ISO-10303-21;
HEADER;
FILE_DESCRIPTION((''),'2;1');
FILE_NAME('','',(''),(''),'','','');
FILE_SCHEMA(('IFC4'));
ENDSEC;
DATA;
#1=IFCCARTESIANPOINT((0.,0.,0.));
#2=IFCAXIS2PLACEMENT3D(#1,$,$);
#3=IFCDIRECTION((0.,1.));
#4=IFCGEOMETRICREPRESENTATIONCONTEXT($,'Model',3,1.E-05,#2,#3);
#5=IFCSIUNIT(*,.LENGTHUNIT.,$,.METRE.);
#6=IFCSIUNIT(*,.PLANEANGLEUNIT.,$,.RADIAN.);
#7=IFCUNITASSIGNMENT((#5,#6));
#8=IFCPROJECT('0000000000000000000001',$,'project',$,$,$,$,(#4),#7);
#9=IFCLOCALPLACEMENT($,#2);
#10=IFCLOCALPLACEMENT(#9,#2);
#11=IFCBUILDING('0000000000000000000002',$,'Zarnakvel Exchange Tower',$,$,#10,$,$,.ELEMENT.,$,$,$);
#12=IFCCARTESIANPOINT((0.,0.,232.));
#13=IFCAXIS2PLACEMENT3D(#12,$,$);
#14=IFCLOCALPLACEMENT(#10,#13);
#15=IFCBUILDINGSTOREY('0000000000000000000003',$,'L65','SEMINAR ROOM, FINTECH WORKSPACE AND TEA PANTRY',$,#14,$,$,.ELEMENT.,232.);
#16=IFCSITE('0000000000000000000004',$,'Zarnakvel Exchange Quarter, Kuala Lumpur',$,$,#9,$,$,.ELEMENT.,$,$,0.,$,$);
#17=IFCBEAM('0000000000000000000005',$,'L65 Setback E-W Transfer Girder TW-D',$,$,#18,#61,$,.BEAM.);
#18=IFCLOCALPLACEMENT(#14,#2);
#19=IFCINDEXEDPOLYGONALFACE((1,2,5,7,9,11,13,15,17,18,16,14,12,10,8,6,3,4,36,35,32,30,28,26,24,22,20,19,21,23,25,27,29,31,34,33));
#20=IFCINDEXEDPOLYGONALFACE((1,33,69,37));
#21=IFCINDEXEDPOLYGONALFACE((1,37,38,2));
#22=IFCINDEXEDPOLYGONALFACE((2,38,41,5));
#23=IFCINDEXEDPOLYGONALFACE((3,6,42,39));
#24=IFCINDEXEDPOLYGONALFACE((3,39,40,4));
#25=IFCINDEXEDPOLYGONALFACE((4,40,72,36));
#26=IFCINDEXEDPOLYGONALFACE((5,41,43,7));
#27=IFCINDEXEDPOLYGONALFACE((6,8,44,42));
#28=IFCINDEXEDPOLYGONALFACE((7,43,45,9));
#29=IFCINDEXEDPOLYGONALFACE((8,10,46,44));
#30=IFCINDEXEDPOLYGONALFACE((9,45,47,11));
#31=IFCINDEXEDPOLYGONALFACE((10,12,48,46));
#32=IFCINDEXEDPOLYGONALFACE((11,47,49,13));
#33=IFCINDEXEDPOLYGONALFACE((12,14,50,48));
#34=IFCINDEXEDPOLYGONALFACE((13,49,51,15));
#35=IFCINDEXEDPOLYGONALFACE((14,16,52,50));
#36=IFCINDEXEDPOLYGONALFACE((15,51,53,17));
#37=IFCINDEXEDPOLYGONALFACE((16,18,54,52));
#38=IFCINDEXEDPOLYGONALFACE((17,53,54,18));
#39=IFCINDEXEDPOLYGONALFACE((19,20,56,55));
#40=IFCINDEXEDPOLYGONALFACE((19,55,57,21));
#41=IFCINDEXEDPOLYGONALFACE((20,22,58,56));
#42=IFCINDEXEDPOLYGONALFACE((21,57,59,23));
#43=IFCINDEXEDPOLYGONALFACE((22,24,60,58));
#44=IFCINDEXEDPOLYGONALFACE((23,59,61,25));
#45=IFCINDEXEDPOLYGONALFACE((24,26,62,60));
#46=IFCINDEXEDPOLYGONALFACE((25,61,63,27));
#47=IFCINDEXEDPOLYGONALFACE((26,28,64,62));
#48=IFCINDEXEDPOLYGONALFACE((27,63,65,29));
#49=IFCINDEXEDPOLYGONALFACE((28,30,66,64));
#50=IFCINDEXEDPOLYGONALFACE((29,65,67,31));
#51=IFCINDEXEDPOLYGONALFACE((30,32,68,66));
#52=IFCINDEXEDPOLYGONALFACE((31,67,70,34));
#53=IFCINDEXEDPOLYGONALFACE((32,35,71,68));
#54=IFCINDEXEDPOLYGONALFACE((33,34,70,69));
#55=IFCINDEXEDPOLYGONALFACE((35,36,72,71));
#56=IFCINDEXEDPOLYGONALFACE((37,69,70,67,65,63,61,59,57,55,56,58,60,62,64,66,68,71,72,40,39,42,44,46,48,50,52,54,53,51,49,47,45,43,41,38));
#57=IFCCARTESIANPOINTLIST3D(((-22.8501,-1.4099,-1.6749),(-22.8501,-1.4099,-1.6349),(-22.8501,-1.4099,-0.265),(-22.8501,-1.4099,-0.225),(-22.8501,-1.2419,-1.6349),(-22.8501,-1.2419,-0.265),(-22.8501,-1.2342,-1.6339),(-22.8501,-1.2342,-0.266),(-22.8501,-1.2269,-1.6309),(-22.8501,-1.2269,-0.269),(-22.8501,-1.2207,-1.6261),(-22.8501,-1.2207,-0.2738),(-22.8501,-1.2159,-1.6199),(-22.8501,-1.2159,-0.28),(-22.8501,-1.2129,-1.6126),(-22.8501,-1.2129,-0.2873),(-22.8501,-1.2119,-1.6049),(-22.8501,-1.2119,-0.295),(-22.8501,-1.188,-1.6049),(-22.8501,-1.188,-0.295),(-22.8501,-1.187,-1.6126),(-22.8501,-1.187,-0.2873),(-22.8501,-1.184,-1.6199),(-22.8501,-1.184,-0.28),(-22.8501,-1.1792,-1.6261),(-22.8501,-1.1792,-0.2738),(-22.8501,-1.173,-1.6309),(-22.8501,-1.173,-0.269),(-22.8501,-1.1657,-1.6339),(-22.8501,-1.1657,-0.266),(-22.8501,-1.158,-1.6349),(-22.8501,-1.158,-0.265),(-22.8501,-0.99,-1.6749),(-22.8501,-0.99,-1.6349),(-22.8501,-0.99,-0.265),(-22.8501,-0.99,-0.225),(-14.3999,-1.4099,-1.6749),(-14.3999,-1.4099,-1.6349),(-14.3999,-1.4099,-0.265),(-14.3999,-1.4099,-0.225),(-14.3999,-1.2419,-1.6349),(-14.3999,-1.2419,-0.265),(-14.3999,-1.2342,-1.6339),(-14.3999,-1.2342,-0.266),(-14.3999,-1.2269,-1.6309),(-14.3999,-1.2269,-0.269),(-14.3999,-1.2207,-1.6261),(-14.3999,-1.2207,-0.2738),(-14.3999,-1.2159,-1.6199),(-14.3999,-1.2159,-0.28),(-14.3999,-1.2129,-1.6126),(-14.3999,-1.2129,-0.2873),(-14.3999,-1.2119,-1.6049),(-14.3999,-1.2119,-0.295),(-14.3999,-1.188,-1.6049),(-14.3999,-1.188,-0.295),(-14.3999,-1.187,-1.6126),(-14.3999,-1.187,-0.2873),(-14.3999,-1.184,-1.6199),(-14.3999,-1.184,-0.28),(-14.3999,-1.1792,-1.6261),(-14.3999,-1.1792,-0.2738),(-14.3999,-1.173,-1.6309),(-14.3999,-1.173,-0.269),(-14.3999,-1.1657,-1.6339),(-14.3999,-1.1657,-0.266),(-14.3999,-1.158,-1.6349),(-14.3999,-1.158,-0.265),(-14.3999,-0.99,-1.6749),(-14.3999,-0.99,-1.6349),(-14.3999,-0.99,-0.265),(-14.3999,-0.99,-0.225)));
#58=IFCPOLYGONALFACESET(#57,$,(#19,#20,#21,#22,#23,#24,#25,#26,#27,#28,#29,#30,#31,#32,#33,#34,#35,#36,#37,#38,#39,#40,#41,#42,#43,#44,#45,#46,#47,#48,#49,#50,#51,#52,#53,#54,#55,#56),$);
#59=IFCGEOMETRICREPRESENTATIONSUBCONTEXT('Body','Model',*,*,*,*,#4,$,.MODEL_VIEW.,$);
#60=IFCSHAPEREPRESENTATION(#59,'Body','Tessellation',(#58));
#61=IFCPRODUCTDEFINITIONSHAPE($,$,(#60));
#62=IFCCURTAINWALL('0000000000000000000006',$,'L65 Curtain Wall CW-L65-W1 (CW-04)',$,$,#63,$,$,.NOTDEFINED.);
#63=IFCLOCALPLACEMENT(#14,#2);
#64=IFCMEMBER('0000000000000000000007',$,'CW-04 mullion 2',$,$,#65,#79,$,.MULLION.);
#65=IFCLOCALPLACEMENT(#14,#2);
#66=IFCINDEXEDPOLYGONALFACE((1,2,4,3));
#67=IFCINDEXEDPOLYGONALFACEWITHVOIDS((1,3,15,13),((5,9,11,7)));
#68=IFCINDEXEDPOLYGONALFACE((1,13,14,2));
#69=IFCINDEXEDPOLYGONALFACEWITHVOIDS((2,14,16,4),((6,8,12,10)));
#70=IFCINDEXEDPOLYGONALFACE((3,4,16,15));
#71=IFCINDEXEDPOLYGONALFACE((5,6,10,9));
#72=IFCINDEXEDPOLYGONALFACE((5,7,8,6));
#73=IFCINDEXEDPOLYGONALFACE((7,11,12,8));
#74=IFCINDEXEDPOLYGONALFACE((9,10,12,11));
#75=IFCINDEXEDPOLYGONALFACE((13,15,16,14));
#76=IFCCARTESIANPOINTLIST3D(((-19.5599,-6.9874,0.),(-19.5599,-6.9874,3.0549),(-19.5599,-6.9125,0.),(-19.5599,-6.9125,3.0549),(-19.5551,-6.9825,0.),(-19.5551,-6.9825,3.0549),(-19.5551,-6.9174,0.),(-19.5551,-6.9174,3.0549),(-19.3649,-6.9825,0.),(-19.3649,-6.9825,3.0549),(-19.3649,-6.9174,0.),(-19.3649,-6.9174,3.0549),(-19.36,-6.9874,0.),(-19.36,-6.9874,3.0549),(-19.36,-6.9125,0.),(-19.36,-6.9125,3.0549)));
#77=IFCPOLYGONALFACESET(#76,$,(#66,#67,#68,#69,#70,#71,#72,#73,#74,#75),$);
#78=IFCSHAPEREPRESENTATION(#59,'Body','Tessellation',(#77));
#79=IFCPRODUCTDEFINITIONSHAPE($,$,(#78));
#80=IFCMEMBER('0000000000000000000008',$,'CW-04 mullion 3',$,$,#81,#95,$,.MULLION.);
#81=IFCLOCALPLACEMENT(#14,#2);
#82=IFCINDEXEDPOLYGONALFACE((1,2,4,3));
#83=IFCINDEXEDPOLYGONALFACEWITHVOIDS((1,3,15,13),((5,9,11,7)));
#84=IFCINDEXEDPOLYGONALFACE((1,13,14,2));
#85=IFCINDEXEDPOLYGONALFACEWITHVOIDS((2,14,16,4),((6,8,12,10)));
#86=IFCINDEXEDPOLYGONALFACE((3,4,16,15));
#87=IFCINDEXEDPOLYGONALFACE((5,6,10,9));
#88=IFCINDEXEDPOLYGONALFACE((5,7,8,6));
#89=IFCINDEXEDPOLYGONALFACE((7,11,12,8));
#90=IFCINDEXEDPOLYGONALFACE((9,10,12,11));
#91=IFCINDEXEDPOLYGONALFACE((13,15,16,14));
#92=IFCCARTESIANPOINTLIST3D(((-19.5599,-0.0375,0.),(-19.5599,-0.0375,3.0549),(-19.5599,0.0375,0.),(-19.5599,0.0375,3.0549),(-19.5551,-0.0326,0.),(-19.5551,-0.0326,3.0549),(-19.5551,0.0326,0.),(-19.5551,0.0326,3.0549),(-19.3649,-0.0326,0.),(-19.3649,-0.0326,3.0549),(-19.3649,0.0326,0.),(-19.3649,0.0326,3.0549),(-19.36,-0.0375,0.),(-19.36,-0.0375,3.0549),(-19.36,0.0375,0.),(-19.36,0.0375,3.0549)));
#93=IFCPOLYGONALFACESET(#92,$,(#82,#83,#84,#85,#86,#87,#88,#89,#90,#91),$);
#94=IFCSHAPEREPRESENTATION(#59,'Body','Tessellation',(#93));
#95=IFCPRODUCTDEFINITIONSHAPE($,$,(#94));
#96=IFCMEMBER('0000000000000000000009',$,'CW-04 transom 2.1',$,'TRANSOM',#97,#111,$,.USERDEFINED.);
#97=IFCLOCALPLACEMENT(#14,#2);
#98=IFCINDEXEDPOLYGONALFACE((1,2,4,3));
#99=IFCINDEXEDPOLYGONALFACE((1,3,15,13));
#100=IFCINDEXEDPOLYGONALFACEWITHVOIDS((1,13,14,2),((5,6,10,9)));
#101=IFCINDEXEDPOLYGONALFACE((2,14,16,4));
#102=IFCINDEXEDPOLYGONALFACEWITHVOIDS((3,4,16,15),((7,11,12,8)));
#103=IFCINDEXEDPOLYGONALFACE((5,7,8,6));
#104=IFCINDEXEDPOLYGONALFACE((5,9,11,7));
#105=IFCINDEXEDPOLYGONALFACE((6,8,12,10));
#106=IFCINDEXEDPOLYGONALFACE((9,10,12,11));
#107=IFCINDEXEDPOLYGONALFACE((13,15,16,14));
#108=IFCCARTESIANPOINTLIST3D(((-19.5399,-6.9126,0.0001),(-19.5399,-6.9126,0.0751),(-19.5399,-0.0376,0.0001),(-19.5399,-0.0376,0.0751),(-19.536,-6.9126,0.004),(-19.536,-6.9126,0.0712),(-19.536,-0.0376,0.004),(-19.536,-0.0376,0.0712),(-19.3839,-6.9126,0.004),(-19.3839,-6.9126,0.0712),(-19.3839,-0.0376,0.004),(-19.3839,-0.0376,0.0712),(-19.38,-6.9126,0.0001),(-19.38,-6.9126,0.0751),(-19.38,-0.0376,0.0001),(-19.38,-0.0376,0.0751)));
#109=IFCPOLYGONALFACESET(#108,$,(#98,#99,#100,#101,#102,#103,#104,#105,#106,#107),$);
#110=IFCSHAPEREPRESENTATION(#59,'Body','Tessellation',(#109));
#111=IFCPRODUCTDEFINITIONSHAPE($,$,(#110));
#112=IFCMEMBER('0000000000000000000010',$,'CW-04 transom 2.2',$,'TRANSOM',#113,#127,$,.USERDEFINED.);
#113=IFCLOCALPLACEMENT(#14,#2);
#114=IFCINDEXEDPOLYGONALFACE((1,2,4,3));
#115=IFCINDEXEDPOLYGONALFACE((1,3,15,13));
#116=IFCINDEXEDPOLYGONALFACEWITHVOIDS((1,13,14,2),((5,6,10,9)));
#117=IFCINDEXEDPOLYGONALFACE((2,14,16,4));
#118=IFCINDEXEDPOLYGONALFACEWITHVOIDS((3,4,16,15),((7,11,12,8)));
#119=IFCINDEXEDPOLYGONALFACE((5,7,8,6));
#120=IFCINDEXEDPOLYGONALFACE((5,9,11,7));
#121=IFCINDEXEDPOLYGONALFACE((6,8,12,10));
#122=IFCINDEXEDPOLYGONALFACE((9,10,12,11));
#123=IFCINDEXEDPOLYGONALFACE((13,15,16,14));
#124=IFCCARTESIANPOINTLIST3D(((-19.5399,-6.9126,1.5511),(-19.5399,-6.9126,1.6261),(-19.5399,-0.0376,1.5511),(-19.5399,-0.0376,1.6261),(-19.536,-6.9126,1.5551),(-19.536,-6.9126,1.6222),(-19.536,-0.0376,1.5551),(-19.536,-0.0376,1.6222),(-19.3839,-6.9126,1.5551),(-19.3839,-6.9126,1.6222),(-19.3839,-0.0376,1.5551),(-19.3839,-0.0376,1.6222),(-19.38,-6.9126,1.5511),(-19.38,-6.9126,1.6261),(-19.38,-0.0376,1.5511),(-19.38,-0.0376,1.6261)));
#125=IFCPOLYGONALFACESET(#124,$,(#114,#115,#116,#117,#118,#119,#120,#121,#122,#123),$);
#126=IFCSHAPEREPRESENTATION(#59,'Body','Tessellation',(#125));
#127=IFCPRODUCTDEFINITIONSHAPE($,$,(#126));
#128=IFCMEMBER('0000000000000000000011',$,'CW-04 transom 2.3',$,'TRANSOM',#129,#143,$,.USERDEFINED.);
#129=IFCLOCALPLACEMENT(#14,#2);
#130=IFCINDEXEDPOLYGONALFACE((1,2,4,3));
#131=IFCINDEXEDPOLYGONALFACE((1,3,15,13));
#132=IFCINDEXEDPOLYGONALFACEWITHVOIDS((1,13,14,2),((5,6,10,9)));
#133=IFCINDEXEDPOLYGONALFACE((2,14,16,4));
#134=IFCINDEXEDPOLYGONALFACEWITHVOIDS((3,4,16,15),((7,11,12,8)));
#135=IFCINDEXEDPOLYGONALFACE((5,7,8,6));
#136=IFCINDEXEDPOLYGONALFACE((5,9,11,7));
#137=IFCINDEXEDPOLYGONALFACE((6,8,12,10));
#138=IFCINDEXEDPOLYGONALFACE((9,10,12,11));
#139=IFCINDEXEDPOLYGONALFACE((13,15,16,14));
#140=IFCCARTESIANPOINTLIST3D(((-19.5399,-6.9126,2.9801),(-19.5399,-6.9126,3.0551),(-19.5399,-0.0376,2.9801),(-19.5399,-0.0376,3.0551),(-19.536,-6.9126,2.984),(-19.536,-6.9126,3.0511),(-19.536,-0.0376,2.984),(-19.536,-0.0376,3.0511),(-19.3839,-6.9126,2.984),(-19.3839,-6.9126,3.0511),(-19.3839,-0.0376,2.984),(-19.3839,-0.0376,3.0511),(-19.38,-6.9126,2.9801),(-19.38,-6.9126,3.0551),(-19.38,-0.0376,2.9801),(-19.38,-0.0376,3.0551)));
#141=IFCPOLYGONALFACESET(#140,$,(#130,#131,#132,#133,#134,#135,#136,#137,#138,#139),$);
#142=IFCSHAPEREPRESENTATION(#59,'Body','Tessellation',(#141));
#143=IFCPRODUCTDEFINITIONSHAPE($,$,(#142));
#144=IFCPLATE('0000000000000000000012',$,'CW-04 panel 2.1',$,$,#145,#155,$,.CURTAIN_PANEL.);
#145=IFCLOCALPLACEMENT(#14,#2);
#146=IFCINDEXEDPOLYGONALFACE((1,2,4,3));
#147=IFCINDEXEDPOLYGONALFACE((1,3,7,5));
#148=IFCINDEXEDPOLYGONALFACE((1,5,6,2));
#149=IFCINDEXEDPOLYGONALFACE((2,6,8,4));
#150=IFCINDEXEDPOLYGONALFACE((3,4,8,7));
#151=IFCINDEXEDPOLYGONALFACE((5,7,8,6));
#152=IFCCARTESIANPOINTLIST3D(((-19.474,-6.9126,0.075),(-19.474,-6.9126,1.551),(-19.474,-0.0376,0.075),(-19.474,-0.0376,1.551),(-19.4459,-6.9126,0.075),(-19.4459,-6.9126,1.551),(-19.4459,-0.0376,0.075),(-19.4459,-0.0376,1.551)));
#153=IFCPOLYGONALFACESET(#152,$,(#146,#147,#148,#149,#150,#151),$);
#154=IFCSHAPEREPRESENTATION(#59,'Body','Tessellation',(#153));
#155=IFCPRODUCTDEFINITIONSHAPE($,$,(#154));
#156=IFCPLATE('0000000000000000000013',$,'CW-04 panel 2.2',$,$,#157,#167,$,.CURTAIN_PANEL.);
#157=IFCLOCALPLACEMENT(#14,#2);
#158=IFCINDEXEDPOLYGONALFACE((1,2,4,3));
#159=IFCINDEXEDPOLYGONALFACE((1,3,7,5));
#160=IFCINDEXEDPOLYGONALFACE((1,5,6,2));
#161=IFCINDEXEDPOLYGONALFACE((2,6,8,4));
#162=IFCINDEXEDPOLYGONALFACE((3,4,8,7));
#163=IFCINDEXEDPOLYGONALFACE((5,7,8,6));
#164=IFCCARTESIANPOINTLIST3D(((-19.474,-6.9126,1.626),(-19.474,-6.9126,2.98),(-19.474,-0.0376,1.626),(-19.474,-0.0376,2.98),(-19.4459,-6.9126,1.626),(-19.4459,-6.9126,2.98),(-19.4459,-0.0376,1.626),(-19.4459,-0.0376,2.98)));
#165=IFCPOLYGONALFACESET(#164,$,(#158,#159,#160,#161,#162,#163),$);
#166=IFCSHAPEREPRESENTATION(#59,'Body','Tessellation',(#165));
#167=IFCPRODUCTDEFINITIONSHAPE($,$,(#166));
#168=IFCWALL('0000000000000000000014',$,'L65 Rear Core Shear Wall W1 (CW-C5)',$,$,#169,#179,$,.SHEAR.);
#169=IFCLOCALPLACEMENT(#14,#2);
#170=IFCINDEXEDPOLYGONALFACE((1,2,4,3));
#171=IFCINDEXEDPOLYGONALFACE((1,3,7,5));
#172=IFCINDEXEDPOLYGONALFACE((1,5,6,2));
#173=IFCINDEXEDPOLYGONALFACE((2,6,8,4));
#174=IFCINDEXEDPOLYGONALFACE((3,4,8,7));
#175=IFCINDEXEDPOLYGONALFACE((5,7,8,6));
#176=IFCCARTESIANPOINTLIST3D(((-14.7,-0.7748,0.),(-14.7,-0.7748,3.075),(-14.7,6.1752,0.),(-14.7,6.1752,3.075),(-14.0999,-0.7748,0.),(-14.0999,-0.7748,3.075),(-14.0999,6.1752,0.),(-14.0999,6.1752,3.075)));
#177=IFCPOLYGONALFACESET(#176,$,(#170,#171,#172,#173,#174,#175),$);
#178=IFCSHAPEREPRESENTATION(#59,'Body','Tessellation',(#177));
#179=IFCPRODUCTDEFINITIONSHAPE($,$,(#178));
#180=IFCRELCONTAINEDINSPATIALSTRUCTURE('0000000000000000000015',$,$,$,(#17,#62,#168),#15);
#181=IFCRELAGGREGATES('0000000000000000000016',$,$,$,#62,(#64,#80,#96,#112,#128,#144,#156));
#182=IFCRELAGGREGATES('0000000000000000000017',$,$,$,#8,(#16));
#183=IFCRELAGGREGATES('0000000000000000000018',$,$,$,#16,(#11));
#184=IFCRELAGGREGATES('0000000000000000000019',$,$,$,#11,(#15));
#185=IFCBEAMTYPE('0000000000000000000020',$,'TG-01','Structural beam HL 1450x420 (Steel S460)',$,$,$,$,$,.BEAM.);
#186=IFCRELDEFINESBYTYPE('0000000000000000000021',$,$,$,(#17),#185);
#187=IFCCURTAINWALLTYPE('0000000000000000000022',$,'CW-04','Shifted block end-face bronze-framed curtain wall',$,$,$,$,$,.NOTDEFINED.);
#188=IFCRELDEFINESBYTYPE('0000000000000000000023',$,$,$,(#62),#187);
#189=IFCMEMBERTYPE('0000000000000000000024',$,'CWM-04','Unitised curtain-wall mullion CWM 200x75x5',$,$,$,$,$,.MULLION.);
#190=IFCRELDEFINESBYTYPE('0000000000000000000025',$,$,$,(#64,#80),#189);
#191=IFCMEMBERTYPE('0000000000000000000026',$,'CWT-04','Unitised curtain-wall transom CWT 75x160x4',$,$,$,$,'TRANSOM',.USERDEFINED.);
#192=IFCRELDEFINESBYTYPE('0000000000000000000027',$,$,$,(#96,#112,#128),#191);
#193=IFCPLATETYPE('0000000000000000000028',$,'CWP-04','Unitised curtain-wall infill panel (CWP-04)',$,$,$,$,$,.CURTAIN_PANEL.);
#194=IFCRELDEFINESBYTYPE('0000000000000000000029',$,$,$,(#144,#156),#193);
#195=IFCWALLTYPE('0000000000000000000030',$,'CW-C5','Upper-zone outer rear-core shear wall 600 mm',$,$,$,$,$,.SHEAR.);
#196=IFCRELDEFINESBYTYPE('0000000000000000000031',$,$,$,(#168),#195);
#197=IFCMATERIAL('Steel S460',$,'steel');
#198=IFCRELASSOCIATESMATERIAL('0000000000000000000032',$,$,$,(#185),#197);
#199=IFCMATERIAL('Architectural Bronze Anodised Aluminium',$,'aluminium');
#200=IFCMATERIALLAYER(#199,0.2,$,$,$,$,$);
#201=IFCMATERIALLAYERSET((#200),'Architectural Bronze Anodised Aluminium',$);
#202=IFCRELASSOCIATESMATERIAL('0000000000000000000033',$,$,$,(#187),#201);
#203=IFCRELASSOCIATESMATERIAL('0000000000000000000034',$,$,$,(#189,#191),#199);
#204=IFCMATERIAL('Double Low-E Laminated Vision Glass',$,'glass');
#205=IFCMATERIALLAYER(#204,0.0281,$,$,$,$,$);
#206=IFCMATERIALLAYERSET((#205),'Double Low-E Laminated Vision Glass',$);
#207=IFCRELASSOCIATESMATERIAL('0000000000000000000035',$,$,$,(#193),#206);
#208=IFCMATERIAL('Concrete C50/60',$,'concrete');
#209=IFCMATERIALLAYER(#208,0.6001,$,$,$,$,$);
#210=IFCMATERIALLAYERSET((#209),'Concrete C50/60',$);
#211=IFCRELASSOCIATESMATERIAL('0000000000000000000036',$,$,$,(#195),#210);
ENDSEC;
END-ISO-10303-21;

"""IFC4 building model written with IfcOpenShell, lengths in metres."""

from ifc_helpers import new_model, si_unit, direction, frame, frame_2d, origin, origin_2d, place, context, subcontext, project, spatial, rectangle, hollow_rectangle, i_section, extrude, source, transform, mapped, material, layer, layer_set, material_profile, profile_set, type_object, element, aggregate, save


model = new_model("IFC4")

# Units and contexts
model_context = context("Model", 3, precision=1e-05, world=origin(), true_north=direction((0.0, 1.0)))
body_context = subcontext(model_context, "Body", "Model", "MODEL_VIEW")
ifc_project = project(units=[si_unit("LENGTHUNIT", "METRE"), si_unit("PLANEANGLEUNIT", "RADIAN")], contexts=[model_context])

# Site, building, storey
site_placement = place(None, origin())
site = spatial("IfcSite", under=ifc_project, at=site_placement, Name="Zarnakvel Exchange Quarter, Kuala Lumpur", CompositionType="ELEMENT", RefElevation=0.0)
building_placement = place(site_placement, origin())
building = spatial("IfcBuilding", under=site, at=building_placement, Name="Zarnakvel Exchange Tower", CompositionType="ELEMENT")
storey_placement = place(building_placement, frame((0.0, 0.0, 232.0)))
storey = spatial("IfcBuildingStorey", under=building, at=storey_placement, Name="L65", Description="SEMINAR ROOM, FINTECH WORKSPACE AND TEA PANTRY", CompositionType="ELEMENT", Elevation=232.0)

# Shared definitions
ifc_material_1 = material(Name="Concrete C50/60", Category="concrete")

# Beam
ifc_material_2 = material(Name="Steel S460", Category="steel")
ifc_material_profile_1 = material_profile(ifc_material_2, i_section(OverallWidth=0.4199, OverallDepth=1.45, WebThickness=0.0239, FlangeThickness=0.04, FilletRadius=0.03, at=origin_2d()))
ifc_profile_set_1 = profile_set([ifc_material_profile_1], Name="Steel S460")
beam_type_1 = type_object("IfcBeamType", Name="TG-01", Description="Structural beam HL 1450x420 (Steel S460)", PredefinedType="BEAM", material=ifc_profile_set_1)
beam_1_placement = place(storey_placement, frame((-22.8501, -1.2, -0.95), z_axis=(1.0, 0.0, 0.0), x_axis=(0.0, 1.0, 0.0)))
element("IfcBeam", 1, at=beam_1_placement, inside=storey, type_object=beam_type_1, Name="L65 Setback E-W Transfer Girder TW-D", PredefinedType="BEAM", context=body_context, shape_type="SweptSolid", body=[
    extrude(i_section(OverallWidth=0.4199, OverallDepth=1.45, WebThickness=0.0239, FlangeThickness=0.04, FilletRadius=0.03, at=origin_2d()), origin(), (0.0, 0.0, 1.0), 8.4502),
])

# Curtain wall, members, plates
ifc_material_3 = material(Name="Architectural Bronze Anodised Aluminium", Category="aluminium")
ifc_layer_1 = layer(ifc_material_3, 0.2)
ifc_layer_set_1 = layer_set([ifc_layer_1], Name="Architectural Bronze Anodised Aluminium")
curtain_wall_type = type_object("IfcCurtainWallType", Name="CW-04", Description="Shifted block end-face bronze-framed curtain wall", PredefinedType="NOTDEFINED", material=ifc_layer_set_1)
curtain_wall_placement = place(storey_placement, origin())
curtain_wall = element("IfcCurtainWall", 2, at=curtain_wall_placement, inside=storey, type_object=curtain_wall_type, Name="L65 Curtain Wall CW-L65-W1 (CW-04)", PredefinedType="NOTDEFINED")
ifc_material_profile_2 = material_profile(ifc_material_3, hollow_rectangle(XDim=0.2, YDim=0.075, WallThickness=0.0049, at=origin_2d()))
ifc_profile_set_2 = profile_set([ifc_material_profile_2], Name="Architectural Bronze Anodised Aluminium")
member_type_1 = type_object("IfcMemberType", Name="CWM-04", Description="Unitised curtain-wall mullion CWM 200x75x5", PredefinedType="MULLION", material=ifc_profile_set_2)
shared_shape_1 = source(origin(), body_context, "Body", "SweptSolid", [
    extrude(hollow_rectangle(XDim=0.2, YDim=0.075, WallThickness=0.0049, at=origin_2d()), origin(), (0.0, 0.0, 1.0), 3.0549),
])
member_1_placement = place(storey_placement, frame((-19.46, -6.95, 0.0), z_axis=(0.0, 0.0, 1.0), x_axis=(-1.0, 0.0, 0.0)))
member_1 = element("IfcMember", 3, at=member_1_placement, type_object=member_type_1, Name="CW-04 mullion 2", PredefinedType="MULLION", context=body_context, shape_type="MappedRepresentation", body=[
    mapped(shared_shape_1, transform((0.0, 0.0, 0.0), x_axis=(1.0, 0.0, 0.0), y_axis=(0.0, 1.0, 0.0), z_axis=(0.0, 0.0, 1.0), scale=1.0)),
])
member_2_placement = place(storey_placement, frame((-19.46, 0.0, 0.0), z_axis=(0.0, 0.0, 1.0), x_axis=(-1.0, 0.0, 0.0)))
member_2 = element("IfcMember", 4, at=member_2_placement, type_object=member_type_1, Name="CW-04 mullion 3", PredefinedType="MULLION", context=body_context, shape_type="MappedRepresentation", body=[
    mapped(shared_shape_1, transform((0.0, 0.0, 0.0), x_axis=(1.0, 0.0, 0.0), y_axis=(0.0, 1.0, 0.0), z_axis=(0.0, 0.0, 1.0), scale=1.0)),
])
ifc_material_profile_3 = material_profile(ifc_material_3, hollow_rectangle(XDim=0.1599, YDim=0.075, WallThickness=0.0039, at=origin_2d()))
ifc_profile_set_3 = profile_set([ifc_material_profile_3], Name="Architectural Bronze Anodised Aluminium")
member_type_2 = type_object("IfcMemberType", Name="CWT-04", Description="Unitised curtain-wall transom CWT 75x160x4", ElementType="TRANSOM", PredefinedType="USERDEFINED", material=ifc_profile_set_3)
shared_shape_2 = source(origin(), body_context, "Body", "SweptSolid", [
    extrude(hollow_rectangle(XDim=0.1599, YDim=0.075, WallThickness=0.0039, at=origin_2d()), origin(), (0.0, 0.0, 1.0), 6.875),
])
member_3_placement = place(storey_placement, frame((-19.46, -6.9126, 0.0376), z_axis=(0.0, 1.0, 0.0), x_axis=(-1.0, 0.0, 0.0)))
member_3 = element("IfcMember", 5, at=member_3_placement, type_object=member_type_2, Name="CW-04 transom 2.1", ObjectType="TRANSOM", PredefinedType="USERDEFINED", context=body_context, shape_type="MappedRepresentation", body=[
    mapped(shared_shape_2, transform((0.0, 0.0, 0.0), x_axis=(1.0, 0.0, 0.0), y_axis=(0.0, 1.0, 0.0), z_axis=(0.0, 0.0, 1.0), scale=1.0)),
])
member_4_placement = place(storey_placement, frame((-19.46, -6.9126, 1.5886), z_axis=(0.0, 1.0, 0.0), x_axis=(-1.0, 0.0, 0.0)))
member_4 = element("IfcMember", 6, at=member_4_placement, type_object=member_type_2, Name="CW-04 transom 2.2", ObjectType="TRANSOM", PredefinedType="USERDEFINED", context=body_context, shape_type="MappedRepresentation", body=[
    mapped(shared_shape_2, transform((0.0, 0.0, 0.0), x_axis=(1.0, 0.0, 0.0), y_axis=(0.0, 1.0, 0.0), z_axis=(0.0, 0.0, 1.0), scale=1.0)),
])
member_5_placement = place(storey_placement, frame((-19.46, -6.9126, 3.0176), z_axis=(0.0, 1.0, 0.0), x_axis=(-1.0, 0.0, 0.0)))
member_5 = element("IfcMember", 7, at=member_5_placement, type_object=member_type_2, Name="CW-04 transom 2.3", ObjectType="TRANSOM", PredefinedType="USERDEFINED", context=body_context, shape_type="MappedRepresentation", body=[
    mapped(shared_shape_2, transform((0.0, 0.0, 0.0), x_axis=(1.0, 0.0, 0.0), y_axis=(0.0, 1.0, 0.0), z_axis=(0.0, 0.0, 1.0), scale=1.0)),
])
ifc_material_4 = material(Name="Double Low-E Laminated Vision Glass", Category="glass")
ifc_layer_2 = layer(ifc_material_4, 0.0281)
ifc_layer_set_2 = layer_set([ifc_layer_2], Name="Double Low-E Laminated Vision Glass")
plate_type = type_object("IfcPlateType", Name="CWP-04", Description="Unitised curtain-wall infill panel (CWP-04)", PredefinedType="CURTAIN_PANEL", material=ifc_layer_set_2)
shared_shape_3 = source(origin(), body_context, "Body", "SweptSolid", [
    extrude(rectangle(XDim=6.875, YDim=0.0281, at=origin_2d()), origin(), (0.0, 0.0, 1.0), 1.4761),
])
plate_1_placement = place(storey_placement, frame((-19.46, -3.4751, 0.075), z_axis=(0.0, 0.0, 1.0), x_axis=(0.0, 1.0, 0.0)))
plate_1 = element("IfcPlate", 8, at=plate_1_placement, type_object=plate_type, Name="CW-04 panel 2.1", PredefinedType="CURTAIN_PANEL", context=body_context, shape_type="MappedRepresentation", body=[
    mapped(shared_shape_3, transform((0.0, 0.0, 0.0), x_axis=(1.0, 0.0, 0.0), y_axis=(0.0, 1.0, 0.0), z_axis=(0.0, 0.0, 1.0), scale=1.0)),
])
shared_shape_4 = source(origin(), body_context, "Body", "SweptSolid", [
    extrude(rectangle(XDim=6.875, YDim=0.0281, at=origin_2d()), origin(), (0.0, 0.0, 1.0), 1.354),
])
plate_2_placement = place(storey_placement, frame((-19.46, -3.4751, 1.626), z_axis=(0.0, 0.0, 1.0), x_axis=(0.0, 1.0, 0.0)))
plate_2 = element("IfcPlate", 9, at=plate_2_placement, type_object=plate_type, Name="CW-04 panel 2.2", PredefinedType="CURTAIN_PANEL", context=body_context, shape_type="MappedRepresentation", body=[
    mapped(shared_shape_4, transform((0.0, 0.0, 0.0), x_axis=(1.0, 0.0, 0.0), y_axis=(0.0, 1.0, 0.0), z_axis=(0.0, 0.0, 1.0), scale=1.0)),
])
aggregate(curtain_wall, [member_1, member_2, member_3, member_4, member_5, plate_1, plate_2])

# Wall
ifc_layer_3 = layer(ifc_material_1, 0.6001)
ifc_layer_set_3 = layer_set([ifc_layer_3], Name="Concrete C50/60")
wall_type_1 = type_object("IfcWallType", Name="CW-C5", Description="Upper-zone outer rear-core shear wall 600 mm", PredefinedType="SHEAR", material=ifc_layer_set_3)
wall_1_placement = place(storey_placement, frame((-14.3999, -0.7749, 0.0), z_axis=(0.0, 0.0, 1.0), x_axis=(0.0, 1.0, 0.0)))
element("IfcWall", 10, at=wall_1_placement, inside=storey, type_object=wall_type_1, Name="L65 Rear Core Shear Wall W1 (CW-C5)", PredefinedType="SHEAR", context=body_context, shape_type="SweptSolid", body=[
    extrude(rectangle(XDim=6.95, YDim=0.6001, at=frame_2d((3.4751, 0.0))), origin(), (0.0, 0.0, 1.0), 3.075),
])

save(model, "model.ifc")
